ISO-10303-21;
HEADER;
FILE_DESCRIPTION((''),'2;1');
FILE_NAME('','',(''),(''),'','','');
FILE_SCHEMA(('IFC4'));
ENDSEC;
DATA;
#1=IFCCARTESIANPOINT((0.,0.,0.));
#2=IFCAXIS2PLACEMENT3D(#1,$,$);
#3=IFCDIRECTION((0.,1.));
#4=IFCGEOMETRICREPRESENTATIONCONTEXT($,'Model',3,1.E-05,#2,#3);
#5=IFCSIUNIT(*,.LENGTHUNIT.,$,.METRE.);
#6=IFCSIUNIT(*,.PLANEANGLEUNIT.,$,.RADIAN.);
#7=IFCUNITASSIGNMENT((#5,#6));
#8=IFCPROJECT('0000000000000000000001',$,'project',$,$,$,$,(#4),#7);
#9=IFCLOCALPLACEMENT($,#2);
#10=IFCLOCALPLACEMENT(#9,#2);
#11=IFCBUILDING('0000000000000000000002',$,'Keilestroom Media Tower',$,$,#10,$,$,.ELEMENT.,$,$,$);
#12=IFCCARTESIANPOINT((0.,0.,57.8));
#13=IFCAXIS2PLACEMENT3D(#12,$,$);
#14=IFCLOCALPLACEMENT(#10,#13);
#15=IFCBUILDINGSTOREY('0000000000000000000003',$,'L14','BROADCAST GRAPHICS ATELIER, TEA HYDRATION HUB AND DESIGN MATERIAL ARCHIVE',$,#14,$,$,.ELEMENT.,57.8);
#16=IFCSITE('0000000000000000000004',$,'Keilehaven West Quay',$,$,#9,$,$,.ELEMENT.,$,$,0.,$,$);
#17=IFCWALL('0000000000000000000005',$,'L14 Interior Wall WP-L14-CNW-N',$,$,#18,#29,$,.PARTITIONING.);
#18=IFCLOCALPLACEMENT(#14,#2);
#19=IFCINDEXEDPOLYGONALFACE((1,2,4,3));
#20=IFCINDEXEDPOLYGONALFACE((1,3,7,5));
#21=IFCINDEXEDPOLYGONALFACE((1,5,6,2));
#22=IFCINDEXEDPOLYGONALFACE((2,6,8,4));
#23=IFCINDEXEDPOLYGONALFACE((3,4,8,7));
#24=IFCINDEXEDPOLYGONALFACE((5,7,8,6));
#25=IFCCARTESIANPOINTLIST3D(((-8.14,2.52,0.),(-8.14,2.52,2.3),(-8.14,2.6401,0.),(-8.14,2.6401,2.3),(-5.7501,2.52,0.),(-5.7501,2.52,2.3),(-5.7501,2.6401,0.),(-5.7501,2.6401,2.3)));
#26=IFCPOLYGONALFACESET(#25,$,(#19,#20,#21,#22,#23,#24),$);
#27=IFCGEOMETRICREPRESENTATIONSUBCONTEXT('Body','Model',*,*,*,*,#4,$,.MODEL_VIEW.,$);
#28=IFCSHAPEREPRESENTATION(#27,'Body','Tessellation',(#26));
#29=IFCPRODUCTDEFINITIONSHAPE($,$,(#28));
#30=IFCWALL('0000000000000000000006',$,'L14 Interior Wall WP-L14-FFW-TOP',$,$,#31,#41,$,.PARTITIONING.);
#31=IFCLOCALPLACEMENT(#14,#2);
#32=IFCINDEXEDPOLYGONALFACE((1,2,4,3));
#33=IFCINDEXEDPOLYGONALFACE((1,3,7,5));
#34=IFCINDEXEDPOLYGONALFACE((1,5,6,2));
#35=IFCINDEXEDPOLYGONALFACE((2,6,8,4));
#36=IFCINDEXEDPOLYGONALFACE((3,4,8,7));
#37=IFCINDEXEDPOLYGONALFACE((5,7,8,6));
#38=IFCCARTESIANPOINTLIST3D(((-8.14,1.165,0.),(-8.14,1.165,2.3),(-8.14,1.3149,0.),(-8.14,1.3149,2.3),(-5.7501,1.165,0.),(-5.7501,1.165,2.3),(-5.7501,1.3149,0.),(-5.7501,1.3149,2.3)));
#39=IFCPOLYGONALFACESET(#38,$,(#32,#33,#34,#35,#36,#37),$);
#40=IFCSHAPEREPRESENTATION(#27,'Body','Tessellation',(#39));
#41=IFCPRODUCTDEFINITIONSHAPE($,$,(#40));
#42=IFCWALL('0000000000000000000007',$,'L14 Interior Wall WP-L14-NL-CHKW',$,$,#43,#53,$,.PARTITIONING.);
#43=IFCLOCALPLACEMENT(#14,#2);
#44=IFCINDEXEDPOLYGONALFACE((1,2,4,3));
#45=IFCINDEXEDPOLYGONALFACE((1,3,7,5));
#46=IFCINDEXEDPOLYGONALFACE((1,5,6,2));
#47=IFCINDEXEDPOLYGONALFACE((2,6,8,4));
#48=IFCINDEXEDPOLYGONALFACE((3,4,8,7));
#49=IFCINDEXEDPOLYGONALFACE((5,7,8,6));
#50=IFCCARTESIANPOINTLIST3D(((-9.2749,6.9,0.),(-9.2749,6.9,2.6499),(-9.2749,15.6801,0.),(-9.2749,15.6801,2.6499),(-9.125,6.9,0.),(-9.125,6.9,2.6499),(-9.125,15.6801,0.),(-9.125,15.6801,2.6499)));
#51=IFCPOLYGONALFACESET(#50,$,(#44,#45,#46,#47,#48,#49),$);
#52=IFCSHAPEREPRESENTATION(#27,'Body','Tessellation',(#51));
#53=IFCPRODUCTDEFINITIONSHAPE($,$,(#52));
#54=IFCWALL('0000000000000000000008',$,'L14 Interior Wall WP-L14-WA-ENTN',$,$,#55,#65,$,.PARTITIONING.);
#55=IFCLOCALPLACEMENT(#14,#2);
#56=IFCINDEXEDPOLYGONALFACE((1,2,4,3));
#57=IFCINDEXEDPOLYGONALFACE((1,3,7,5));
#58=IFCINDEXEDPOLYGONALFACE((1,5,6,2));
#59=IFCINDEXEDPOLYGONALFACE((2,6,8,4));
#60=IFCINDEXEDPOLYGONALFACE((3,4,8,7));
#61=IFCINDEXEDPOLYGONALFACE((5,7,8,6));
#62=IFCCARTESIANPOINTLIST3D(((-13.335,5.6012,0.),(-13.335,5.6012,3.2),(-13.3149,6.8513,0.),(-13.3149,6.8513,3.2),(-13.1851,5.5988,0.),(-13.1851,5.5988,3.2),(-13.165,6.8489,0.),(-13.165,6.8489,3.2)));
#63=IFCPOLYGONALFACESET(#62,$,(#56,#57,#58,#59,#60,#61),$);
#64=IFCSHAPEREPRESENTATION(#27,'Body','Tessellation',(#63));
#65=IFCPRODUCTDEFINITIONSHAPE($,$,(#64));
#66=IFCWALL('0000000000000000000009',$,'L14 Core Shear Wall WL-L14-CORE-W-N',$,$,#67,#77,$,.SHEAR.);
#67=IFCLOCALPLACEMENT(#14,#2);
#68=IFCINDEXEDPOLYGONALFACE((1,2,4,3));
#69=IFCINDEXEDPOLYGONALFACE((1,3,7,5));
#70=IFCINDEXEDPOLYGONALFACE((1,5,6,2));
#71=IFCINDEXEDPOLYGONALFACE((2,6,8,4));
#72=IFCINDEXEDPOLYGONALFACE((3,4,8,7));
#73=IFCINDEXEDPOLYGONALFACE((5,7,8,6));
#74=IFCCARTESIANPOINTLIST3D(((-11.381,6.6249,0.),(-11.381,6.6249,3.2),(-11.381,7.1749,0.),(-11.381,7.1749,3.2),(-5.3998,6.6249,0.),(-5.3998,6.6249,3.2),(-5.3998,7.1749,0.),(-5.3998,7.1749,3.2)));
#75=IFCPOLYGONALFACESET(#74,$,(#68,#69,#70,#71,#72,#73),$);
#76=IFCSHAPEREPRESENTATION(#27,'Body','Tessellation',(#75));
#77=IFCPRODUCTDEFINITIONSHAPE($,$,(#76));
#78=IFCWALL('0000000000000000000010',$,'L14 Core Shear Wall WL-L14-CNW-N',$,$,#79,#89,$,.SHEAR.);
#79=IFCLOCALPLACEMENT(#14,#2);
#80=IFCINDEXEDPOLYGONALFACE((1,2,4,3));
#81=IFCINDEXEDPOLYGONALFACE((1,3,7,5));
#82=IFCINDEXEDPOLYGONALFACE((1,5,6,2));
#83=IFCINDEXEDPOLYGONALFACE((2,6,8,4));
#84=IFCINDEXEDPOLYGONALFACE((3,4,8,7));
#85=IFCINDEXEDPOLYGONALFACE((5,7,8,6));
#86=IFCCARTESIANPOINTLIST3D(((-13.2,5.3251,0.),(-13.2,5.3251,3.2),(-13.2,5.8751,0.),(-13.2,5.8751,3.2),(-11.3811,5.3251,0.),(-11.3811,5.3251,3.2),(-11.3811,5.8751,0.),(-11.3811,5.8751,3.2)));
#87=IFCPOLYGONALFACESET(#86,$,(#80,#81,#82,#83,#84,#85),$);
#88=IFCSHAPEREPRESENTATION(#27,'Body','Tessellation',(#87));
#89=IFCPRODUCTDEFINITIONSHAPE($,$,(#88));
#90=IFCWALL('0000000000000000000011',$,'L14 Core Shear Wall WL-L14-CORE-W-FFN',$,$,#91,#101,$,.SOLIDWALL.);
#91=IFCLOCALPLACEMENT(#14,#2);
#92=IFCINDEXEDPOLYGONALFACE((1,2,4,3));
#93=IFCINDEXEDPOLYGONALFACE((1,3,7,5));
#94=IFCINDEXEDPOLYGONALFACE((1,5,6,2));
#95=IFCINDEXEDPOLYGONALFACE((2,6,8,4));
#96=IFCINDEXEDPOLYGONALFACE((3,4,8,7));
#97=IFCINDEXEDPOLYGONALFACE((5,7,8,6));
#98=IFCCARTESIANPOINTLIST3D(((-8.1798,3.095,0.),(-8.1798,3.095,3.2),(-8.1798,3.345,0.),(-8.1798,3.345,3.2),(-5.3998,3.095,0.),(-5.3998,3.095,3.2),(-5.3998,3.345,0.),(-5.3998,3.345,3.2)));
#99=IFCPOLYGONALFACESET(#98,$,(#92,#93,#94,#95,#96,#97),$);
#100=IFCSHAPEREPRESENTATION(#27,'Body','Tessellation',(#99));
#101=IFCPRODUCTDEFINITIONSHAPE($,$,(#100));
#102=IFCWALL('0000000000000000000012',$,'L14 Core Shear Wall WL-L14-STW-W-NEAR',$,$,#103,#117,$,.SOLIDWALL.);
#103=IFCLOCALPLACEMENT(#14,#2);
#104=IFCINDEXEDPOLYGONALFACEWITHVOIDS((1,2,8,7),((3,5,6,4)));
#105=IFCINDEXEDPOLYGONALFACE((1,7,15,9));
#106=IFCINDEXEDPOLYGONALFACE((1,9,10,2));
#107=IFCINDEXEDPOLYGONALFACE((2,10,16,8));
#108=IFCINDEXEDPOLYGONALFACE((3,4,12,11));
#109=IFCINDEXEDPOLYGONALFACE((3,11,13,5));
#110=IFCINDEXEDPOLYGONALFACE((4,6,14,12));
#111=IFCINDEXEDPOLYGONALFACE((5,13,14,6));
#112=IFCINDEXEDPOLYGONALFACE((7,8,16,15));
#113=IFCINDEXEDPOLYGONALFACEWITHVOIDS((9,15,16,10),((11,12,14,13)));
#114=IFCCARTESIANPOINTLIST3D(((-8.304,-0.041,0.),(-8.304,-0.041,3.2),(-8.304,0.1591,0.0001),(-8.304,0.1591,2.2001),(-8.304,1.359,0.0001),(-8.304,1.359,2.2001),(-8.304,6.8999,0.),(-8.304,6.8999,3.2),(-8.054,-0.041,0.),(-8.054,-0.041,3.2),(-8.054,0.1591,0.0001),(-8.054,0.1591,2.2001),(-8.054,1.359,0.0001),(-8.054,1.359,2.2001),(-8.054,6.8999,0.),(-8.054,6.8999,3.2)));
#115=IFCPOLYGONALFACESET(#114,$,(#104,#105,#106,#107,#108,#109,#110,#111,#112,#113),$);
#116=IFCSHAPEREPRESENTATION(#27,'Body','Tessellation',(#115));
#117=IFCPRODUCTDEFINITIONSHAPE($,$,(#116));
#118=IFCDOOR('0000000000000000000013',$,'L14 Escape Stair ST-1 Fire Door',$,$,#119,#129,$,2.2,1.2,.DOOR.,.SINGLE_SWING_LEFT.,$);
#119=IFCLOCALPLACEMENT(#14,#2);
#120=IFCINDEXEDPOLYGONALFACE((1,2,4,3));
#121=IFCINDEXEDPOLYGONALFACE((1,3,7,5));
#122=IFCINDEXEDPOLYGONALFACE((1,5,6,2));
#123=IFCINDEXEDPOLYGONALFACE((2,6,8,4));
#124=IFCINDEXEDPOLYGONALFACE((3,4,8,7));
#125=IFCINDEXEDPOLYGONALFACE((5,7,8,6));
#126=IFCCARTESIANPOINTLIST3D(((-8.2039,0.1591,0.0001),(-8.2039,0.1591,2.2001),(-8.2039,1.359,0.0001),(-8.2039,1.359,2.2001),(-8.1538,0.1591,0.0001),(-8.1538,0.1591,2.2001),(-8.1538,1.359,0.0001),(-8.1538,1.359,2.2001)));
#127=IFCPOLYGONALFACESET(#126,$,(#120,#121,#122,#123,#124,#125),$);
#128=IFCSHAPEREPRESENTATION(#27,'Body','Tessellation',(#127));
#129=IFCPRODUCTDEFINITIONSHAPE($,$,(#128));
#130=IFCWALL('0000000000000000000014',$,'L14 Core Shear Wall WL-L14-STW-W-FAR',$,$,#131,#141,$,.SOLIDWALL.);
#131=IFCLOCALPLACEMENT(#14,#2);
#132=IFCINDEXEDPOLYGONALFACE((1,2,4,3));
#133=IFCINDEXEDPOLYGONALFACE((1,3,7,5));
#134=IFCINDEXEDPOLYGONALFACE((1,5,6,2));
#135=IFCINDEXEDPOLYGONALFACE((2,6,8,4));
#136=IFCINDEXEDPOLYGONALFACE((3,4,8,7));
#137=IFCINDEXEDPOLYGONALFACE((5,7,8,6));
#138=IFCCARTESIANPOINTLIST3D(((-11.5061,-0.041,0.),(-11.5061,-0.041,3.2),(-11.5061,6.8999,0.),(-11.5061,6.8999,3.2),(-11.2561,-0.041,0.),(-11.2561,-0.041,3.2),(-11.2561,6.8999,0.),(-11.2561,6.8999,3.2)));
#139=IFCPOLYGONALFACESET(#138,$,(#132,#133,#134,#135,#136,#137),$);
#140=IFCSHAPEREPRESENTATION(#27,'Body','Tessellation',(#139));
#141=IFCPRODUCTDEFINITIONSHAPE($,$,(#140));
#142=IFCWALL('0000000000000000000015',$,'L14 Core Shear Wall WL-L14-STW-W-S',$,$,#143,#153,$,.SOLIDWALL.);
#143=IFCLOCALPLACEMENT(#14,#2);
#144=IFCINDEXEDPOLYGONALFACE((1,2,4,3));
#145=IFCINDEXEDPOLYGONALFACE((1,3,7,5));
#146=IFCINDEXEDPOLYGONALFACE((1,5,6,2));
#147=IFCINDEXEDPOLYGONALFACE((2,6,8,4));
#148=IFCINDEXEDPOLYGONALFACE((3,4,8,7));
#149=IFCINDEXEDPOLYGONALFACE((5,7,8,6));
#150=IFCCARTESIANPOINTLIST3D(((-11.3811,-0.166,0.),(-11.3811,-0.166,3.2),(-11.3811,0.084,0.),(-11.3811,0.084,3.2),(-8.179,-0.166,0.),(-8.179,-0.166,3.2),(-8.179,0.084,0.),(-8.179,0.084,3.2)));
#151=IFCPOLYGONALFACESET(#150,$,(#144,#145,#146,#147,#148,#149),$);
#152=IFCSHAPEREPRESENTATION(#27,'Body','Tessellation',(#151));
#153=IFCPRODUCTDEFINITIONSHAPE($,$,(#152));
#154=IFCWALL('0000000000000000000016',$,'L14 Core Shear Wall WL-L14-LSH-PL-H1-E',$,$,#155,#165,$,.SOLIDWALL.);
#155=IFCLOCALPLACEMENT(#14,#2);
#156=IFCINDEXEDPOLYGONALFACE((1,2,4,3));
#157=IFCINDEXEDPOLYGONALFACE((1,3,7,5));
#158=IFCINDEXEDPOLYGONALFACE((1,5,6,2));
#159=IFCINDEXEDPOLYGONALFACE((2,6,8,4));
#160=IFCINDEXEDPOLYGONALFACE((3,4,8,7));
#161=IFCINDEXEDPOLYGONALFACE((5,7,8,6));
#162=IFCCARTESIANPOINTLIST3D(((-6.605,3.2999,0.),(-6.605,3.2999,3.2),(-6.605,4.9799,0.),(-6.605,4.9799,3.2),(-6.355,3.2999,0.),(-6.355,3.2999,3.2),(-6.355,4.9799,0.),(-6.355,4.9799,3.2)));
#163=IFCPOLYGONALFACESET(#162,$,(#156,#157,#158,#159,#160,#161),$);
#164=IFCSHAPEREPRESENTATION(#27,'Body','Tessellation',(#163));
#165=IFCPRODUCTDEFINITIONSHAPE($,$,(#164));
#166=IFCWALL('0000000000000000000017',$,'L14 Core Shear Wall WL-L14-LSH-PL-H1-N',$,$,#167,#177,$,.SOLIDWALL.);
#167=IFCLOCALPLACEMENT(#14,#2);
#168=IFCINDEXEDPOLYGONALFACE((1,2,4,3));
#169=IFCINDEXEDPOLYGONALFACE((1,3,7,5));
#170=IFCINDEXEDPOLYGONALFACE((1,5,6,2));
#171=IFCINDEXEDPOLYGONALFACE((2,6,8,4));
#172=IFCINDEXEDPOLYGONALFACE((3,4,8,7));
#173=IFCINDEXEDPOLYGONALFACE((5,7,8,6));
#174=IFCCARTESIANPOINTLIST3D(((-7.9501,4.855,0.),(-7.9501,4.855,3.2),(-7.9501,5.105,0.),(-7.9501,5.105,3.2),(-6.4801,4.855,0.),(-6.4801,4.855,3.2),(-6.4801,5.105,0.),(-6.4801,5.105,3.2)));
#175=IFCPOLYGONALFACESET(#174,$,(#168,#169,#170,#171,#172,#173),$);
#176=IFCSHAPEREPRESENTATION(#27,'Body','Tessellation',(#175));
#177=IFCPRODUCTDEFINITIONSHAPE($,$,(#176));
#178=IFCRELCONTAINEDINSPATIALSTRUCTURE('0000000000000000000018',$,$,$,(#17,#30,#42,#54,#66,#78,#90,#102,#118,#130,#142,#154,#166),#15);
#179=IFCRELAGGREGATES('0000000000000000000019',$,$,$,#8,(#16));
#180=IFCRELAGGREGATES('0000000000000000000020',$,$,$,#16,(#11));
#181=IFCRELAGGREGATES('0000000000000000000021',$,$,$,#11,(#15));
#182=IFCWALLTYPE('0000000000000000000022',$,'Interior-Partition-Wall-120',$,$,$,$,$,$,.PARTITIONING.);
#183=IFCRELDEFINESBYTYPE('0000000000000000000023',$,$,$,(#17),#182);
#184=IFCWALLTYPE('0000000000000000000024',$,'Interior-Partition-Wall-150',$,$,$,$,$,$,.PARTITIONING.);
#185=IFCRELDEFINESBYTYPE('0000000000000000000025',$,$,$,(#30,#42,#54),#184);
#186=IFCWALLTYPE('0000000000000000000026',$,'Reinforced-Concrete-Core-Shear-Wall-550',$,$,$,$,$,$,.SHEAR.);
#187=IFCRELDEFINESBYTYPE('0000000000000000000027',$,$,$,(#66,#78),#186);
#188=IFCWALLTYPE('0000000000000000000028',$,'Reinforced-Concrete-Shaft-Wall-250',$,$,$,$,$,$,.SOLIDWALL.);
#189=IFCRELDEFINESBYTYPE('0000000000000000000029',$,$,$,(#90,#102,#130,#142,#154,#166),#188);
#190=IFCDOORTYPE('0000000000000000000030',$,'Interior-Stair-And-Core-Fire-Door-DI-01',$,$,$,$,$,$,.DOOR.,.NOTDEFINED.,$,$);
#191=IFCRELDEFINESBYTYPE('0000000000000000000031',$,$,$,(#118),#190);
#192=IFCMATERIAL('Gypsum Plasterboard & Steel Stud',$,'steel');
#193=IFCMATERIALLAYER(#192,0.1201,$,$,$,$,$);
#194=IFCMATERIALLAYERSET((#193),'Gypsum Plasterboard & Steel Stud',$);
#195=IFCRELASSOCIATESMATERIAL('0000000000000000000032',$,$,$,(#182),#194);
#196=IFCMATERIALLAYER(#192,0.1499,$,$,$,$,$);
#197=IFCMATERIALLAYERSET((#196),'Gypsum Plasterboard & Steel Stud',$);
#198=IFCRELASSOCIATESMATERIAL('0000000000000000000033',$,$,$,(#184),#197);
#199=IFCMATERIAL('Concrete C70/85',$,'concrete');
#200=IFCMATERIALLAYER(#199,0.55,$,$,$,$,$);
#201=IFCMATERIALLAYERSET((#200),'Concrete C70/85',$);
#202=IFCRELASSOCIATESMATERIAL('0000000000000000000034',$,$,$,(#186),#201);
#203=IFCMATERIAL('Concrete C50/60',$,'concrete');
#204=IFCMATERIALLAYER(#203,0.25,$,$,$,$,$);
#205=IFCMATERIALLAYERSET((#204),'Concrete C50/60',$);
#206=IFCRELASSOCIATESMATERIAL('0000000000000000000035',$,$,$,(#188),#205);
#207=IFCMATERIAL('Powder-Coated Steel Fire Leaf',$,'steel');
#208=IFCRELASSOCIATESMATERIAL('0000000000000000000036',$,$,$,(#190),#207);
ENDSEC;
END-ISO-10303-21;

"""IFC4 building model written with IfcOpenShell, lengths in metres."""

from ifc_helpers import new_model, si_unit, direction, frame, frame_2d, origin, place, context, subcontext, project, spatial, rectangle, extrude, source, transform, mapped, material, layer, layer_set, type_object, element, fill, save


model = new_model("IFC4")

# Units and contexts
model_context = context("Model", 3, precision=1e-05, world=origin(), true_north=direction((0.0, 1.0)))
body_context = subcontext(model_context, "Body", "Model", "MODEL_VIEW")
ifc_project = project(units=[si_unit("LENGTHUNIT", "METRE"), si_unit("PLANEANGLEUNIT", "RADIAN")], contexts=[model_context])

# Site, building, storey
site_placement = place(None, origin())
site = spatial("IfcSite", under=ifc_project, at=site_placement, Name="Keilehaven West Quay", CompositionType="ELEMENT", RefElevation=0.0)
building_placement = place(site_placement, origin())
building = spatial("IfcBuilding", under=site, at=building_placement, Name="Keilestroom Media Tower", CompositionType="ELEMENT")
storey_placement = place(building_placement, frame((0.0, 0.0, 57.8)))
storey = spatial("IfcBuildingStorey", under=building, at=storey_placement, Name="L14", Description="BROADCAST GRAPHICS ATELIER, TEA HYDRATION HUB AND DESIGN MATERIAL ARCHIVE", CompositionType="ELEMENT", Elevation=57.8)

# Shared definitions
ifc_material_1 = material(Name="Concrete C70/85", Category="concrete")

# Shared definitions
ifc_material_2 = material(Name="Concrete C50/60", Category="concrete")

# Walls
ifc_material_3 = material(Name="Gypsum Plasterboard & Steel Stud", Category="steel")
ifc_layer_1 = layer(ifc_material_3, 0.1201)
ifc_layer_set_1 = layer_set([ifc_layer_1], Name="Gypsum Plasterboard & Steel Stud")
wall_type_1 = type_object("IfcWallType", Name="Interior-Partition-Wall-120", PredefinedType="PARTITIONING", material=ifc_layer_set_1)
wall_1_placement = place(storey_placement, frame((-8.1399, 2.5801, 0.0), z_axis=(0.0, 0.0, 1.0), x_axis=(1.0, 0.0, 0.0)))
element("IfcWall", 1, at=wall_1_placement, inside=storey, type_object=wall_type_1, Name="L14 Interior Wall WP-L14-CNW-N", PredefinedType="PARTITIONING", context=body_context, shape_type="SweptSolid", body=[
    extrude(rectangle(XDim=2.3899, YDim=0.1201, at=frame_2d((1.1948, 0.0))), origin(), (0.0, 0.0, 1.0), 2.3),
])
ifc_layer_2 = layer(ifc_material_3, 0.1499)
ifc_layer_set_2 = layer_set([ifc_layer_2], Name="Gypsum Plasterboard & Steel Stud")
wall_type_2 = type_object("IfcWallType", Name="Interior-Partition-Wall-150", PredefinedType="PARTITIONING", material=ifc_layer_set_2)
wall_2_placement = place(storey_placement, frame((-8.1399, 1.24, 0.0), z_axis=(0.0, 0.0, 1.0), x_axis=(1.0, 0.0, 0.0)))
element("IfcWall", 2, at=wall_2_placement, inside=storey, type_object=wall_type_2, Name="L14 Interior Wall WP-L14-FFW-TOP", PredefinedType="PARTITIONING", context=body_context, shape_type="SweptSolid", body=[
    extrude(rectangle(XDim=2.3899, YDim=0.1499, at=frame_2d((1.1948, 0.0))), origin(), (0.0, 0.0, 1.0), 2.3),
])
wall_3_placement = place(storey_placement, frame((-9.2, 6.8999, 0.0), z_axis=(0.0, 0.0, 1.0), x_axis=(0.0, 1.0, 0.0)))
element("IfcWall", 3, at=wall_3_placement, inside=storey, type_object=wall_type_2, Name="L14 Interior Wall WP-L14-NL-CHKW", PredefinedType="PARTITIONING", context=body_context, shape_type="SweptSolid", body=[
    extrude(rectangle(XDim=8.78, YDim=0.1499, at=frame_2d((4.3901, 0.0))), origin(), (0.0, 0.0, 1.0), 2.6499),
])
wall_4_placement = place(storey_placement, frame((-13.26, 5.6001, 0.0), z_axis=(0.0, 0.0, 1.0), x_axis=(0.016014, 0.999872, 0.0)))
element("IfcWall", 4, at=wall_4_placement, inside=storey, type_object=wall_type_2, Name="L14 Interior Wall WP-L14-WA-ENTN", PredefinedType="PARTITIONING", context=body_context, shape_type="SweptSolid", body=[
    extrude(rectangle(XDim=1.2502, YDim=0.1499, at=frame_2d((0.625, 0.0))), origin(), (0.0, 0.0, 1.0), 3.2),
])
ifc_layer_3 = layer(ifc_material_1, 0.55)
ifc_layer_set_3 = layer_set([ifc_layer_3], Name="Concrete C70/85")
wall_type_3 = type_object("IfcWallType", Name="Reinforced-Concrete-Core-Shear-Wall-550", PredefinedType="SHEAR", material=ifc_layer_set_3)
wall_5_placement = place(storey_placement, frame((-11.3811, 6.8999, 0.0), z_axis=(0.0, 0.0, 1.0), x_axis=(1.0, 0.0, 0.0)))
element("IfcWall", 5, at=wall_5_placement, inside=storey, type_object=wall_type_3, Name="L14 Core Shear Wall WL-L14-CORE-W-N", PredefinedType="SHEAR", context=body_context, shape_type="SweptSolid", body=[
    extrude(rectangle(XDim=5.9812, YDim=0.55, at=frame_2d((2.9907, 0.0))), origin(), (0.0, 0.0, 1.0), 3.2),
])
wall_6_placement = place(storey_placement, frame((-13.2, 5.6001, 0.0), z_axis=(0.0, 0.0, 1.0), x_axis=(1.0, 0.0, 0.0)))
element("IfcWall", 6, at=wall_6_placement, inside=storey, type_object=wall_type_3, Name="L14 Core Shear Wall WL-L14-CNW-N", PredefinedType="SHEAR", context=body_context, shape_type="SweptSolid", body=[
    extrude(rectangle(XDim=1.8188, YDim=0.55, at=frame_2d((0.9094, 0.0))), origin(), (0.0, 0.0, 1.0), 3.2),
])
ifc_layer_4 = layer(ifc_material_2, 0.25)
ifc_layer_set_4 = layer_set([ifc_layer_4], Name="Concrete C50/60")
wall_type_4 = type_object("IfcWallType", Name="Reinforced-Concrete-Shaft-Wall-250", PredefinedType="SOLIDWALL", material=ifc_layer_set_4)
wall_7_placement = place(storey_placement, frame((-8.1799, 3.22, 0.0), z_axis=(0.0, 0.0, 1.0), x_axis=(1.0, 0.0, 0.0)))
element("IfcWall", 7, at=wall_7_placement, inside=storey, type_object=wall_type_4, Name="L14 Core Shear Wall WL-L14-CORE-W-FFN", PredefinedType="SOLIDWALL", context=body_context, shape_type="SweptSolid", body=[
    extrude(rectangle(XDim=2.78, YDim=0.25, at=frame_2d((1.3901, 0.0))), origin(), (0.0, 0.0, 1.0), 3.2),
])

# Wall, opening, door
wall_8_placement = place(storey_placement, frame((-8.179, -0.041, 0.0), z_axis=(0.0, 0.0, 1.0), x_axis=(0.0, 1.0, 0.0)))
wall_8 = element("IfcWall", 8, at=wall_8_placement, inside=storey, type_object=wall_type_4, Name="L14 Core Shear Wall WL-L14-STW-W-NEAR", PredefinedType="SOLIDWALL", context=body_context, shape_type="SweptSolid", body=[
    extrude(rectangle(XDim=6.9409, YDim=0.25, at=frame_2d((3.4705, 0.0))), origin(), (0.0, 0.0, 1.0), 3.2),
])
opening_placement = place(wall_8_placement, frame((0.2, 0.0, 0.0)))
opening = element("IfcOpeningElement", 9, at=opening_placement, cuts=wall_8, PredefinedType="OPENING", context=body_context, shape_type="SweptSolid", body=[
    extrude(rectangle(XDim=1.2, YDim=2.2, at=frame_2d((0.6001, 1.1001))), frame((0.0, 0.135, 0.0), z_axis=(0.0, -1.0, 0.0), x_axis=(1.0, 0.0, 0.0)), (0.0, 0.0, 1.0), 0.27),
])
ifc_material_4 = material(Name="Powder-Coated Steel Fire Leaf", Category="steel")
door_type = type_object("IfcDoorType", Name="Interior-Stair-And-Core-Fire-Door-DI-01", OperationType="NOTDEFINED", PredefinedType="DOOR", material=ifc_material_4)
shared_shape_1 = source(origin(), body_context, "Body", "SweptSolid", [
    extrude(rectangle(XDim=1.2, YDim=2.2, at=frame_2d((0.6001, 1.1001))), frame((0.0, 0.0249, 0.0), z_axis=(0.0, -1.0, 0.0), x_axis=(1.0, 0.0, 0.0)), (0.0, 0.0, 1.0), 0.05),
])
door_placement = place(opening_placement, origin())
door = element("IfcDoor", 10, at=door_placement, inside=storey, type_object=door_type, Name="L14 Escape Stair ST-1 Fire Door", OperationType="SINGLE_SWING_LEFT", OverallHeight=2.2, OverallWidth=1.2, PredefinedType="DOOR", context=body_context, shape_type="MappedRepresentation", body=[
    mapped(shared_shape_1, transform((0.0, 0.0, 0.0), x_axis=(1.0, 0.0, 0.0), y_axis=(0.0, 1.0, 0.0), z_axis=(0.0, 0.0, 1.0), scale=1.0)),
])
fill(opening, door)

# Walls
wall_9_placement = place(storey_placement, frame((-11.3811, -0.041, 0.0), z_axis=(0.0, 0.0, 1.0), x_axis=(0.0, 1.0, 0.0)))
element("IfcWall", 11, at=wall_9_placement, inside=storey, type_object=wall_type_4, Name="L14 Core Shear Wall WL-L14-STW-W-FAR", PredefinedType="SOLIDWALL", context=body_context, shape_type="SweptSolid", body=[
    extrude(rectangle(XDim=6.9409, YDim=0.25, at=frame_2d((3.4705, 0.0))), origin(), (0.0, 0.0, 1.0), 3.2),
])
wall_10_placement = place(storey_placement, frame((-11.3811, -0.041, 0.0), z_axis=(0.0, 0.0, 1.0), x_axis=(1.0, 0.0, 0.0)))
element("IfcWall", 12, at=wall_10_placement, inside=storey, type_object=wall_type_4, Name="L14 Core Shear Wall WL-L14-STW-W-S", PredefinedType="SOLIDWALL", context=body_context, shape_type="SweptSolid", body=[
    extrude(rectangle(XDim=3.2021, YDim=0.25, at=frame_2d((1.6011, 0.0))), origin(), (0.0, 0.0, 1.0), 3.2),
])
wall_11_placement = place(storey_placement, frame((-6.48, 3.3, 0.0), z_axis=(0.0, 0.0, 1.0), x_axis=(0.0, 1.0, 0.0)))
element("IfcWall", 13, at=wall_11_placement, inside=storey, type_object=wall_type_4, Name="L14 Core Shear Wall WL-L14-LSH-PL-H1-E", PredefinedType="SOLIDWALL", context=body_context, shape_type="SweptSolid", body=[
    extrude(rectangle(XDim=1.6799, YDim=0.25, at=frame_2d((0.8398, 0.0))), origin(), (0.0, 0.0, 1.0), 3.2),
])
wall_12_placement = place(storey_placement, frame((-7.95, 4.98, 0.0), z_axis=(0.0, 0.0, 1.0), x_axis=(1.0, 0.0, 0.0)))
element("IfcWall", 14, at=wall_12_placement, inside=storey, type_object=wall_type_4, Name="L14 Core Shear Wall WL-L14-LSH-PL-H1-N", PredefinedType="SOLIDWALL", context=body_context, shape_type="SweptSolid", body=[
    extrude(rectangle(XDim=1.47, YDim=0.25, at=frame_2d((0.7349, 0.0))), origin(), (0.0, 0.0, 1.0), 3.2),
])

save(model, "model.ifc")
